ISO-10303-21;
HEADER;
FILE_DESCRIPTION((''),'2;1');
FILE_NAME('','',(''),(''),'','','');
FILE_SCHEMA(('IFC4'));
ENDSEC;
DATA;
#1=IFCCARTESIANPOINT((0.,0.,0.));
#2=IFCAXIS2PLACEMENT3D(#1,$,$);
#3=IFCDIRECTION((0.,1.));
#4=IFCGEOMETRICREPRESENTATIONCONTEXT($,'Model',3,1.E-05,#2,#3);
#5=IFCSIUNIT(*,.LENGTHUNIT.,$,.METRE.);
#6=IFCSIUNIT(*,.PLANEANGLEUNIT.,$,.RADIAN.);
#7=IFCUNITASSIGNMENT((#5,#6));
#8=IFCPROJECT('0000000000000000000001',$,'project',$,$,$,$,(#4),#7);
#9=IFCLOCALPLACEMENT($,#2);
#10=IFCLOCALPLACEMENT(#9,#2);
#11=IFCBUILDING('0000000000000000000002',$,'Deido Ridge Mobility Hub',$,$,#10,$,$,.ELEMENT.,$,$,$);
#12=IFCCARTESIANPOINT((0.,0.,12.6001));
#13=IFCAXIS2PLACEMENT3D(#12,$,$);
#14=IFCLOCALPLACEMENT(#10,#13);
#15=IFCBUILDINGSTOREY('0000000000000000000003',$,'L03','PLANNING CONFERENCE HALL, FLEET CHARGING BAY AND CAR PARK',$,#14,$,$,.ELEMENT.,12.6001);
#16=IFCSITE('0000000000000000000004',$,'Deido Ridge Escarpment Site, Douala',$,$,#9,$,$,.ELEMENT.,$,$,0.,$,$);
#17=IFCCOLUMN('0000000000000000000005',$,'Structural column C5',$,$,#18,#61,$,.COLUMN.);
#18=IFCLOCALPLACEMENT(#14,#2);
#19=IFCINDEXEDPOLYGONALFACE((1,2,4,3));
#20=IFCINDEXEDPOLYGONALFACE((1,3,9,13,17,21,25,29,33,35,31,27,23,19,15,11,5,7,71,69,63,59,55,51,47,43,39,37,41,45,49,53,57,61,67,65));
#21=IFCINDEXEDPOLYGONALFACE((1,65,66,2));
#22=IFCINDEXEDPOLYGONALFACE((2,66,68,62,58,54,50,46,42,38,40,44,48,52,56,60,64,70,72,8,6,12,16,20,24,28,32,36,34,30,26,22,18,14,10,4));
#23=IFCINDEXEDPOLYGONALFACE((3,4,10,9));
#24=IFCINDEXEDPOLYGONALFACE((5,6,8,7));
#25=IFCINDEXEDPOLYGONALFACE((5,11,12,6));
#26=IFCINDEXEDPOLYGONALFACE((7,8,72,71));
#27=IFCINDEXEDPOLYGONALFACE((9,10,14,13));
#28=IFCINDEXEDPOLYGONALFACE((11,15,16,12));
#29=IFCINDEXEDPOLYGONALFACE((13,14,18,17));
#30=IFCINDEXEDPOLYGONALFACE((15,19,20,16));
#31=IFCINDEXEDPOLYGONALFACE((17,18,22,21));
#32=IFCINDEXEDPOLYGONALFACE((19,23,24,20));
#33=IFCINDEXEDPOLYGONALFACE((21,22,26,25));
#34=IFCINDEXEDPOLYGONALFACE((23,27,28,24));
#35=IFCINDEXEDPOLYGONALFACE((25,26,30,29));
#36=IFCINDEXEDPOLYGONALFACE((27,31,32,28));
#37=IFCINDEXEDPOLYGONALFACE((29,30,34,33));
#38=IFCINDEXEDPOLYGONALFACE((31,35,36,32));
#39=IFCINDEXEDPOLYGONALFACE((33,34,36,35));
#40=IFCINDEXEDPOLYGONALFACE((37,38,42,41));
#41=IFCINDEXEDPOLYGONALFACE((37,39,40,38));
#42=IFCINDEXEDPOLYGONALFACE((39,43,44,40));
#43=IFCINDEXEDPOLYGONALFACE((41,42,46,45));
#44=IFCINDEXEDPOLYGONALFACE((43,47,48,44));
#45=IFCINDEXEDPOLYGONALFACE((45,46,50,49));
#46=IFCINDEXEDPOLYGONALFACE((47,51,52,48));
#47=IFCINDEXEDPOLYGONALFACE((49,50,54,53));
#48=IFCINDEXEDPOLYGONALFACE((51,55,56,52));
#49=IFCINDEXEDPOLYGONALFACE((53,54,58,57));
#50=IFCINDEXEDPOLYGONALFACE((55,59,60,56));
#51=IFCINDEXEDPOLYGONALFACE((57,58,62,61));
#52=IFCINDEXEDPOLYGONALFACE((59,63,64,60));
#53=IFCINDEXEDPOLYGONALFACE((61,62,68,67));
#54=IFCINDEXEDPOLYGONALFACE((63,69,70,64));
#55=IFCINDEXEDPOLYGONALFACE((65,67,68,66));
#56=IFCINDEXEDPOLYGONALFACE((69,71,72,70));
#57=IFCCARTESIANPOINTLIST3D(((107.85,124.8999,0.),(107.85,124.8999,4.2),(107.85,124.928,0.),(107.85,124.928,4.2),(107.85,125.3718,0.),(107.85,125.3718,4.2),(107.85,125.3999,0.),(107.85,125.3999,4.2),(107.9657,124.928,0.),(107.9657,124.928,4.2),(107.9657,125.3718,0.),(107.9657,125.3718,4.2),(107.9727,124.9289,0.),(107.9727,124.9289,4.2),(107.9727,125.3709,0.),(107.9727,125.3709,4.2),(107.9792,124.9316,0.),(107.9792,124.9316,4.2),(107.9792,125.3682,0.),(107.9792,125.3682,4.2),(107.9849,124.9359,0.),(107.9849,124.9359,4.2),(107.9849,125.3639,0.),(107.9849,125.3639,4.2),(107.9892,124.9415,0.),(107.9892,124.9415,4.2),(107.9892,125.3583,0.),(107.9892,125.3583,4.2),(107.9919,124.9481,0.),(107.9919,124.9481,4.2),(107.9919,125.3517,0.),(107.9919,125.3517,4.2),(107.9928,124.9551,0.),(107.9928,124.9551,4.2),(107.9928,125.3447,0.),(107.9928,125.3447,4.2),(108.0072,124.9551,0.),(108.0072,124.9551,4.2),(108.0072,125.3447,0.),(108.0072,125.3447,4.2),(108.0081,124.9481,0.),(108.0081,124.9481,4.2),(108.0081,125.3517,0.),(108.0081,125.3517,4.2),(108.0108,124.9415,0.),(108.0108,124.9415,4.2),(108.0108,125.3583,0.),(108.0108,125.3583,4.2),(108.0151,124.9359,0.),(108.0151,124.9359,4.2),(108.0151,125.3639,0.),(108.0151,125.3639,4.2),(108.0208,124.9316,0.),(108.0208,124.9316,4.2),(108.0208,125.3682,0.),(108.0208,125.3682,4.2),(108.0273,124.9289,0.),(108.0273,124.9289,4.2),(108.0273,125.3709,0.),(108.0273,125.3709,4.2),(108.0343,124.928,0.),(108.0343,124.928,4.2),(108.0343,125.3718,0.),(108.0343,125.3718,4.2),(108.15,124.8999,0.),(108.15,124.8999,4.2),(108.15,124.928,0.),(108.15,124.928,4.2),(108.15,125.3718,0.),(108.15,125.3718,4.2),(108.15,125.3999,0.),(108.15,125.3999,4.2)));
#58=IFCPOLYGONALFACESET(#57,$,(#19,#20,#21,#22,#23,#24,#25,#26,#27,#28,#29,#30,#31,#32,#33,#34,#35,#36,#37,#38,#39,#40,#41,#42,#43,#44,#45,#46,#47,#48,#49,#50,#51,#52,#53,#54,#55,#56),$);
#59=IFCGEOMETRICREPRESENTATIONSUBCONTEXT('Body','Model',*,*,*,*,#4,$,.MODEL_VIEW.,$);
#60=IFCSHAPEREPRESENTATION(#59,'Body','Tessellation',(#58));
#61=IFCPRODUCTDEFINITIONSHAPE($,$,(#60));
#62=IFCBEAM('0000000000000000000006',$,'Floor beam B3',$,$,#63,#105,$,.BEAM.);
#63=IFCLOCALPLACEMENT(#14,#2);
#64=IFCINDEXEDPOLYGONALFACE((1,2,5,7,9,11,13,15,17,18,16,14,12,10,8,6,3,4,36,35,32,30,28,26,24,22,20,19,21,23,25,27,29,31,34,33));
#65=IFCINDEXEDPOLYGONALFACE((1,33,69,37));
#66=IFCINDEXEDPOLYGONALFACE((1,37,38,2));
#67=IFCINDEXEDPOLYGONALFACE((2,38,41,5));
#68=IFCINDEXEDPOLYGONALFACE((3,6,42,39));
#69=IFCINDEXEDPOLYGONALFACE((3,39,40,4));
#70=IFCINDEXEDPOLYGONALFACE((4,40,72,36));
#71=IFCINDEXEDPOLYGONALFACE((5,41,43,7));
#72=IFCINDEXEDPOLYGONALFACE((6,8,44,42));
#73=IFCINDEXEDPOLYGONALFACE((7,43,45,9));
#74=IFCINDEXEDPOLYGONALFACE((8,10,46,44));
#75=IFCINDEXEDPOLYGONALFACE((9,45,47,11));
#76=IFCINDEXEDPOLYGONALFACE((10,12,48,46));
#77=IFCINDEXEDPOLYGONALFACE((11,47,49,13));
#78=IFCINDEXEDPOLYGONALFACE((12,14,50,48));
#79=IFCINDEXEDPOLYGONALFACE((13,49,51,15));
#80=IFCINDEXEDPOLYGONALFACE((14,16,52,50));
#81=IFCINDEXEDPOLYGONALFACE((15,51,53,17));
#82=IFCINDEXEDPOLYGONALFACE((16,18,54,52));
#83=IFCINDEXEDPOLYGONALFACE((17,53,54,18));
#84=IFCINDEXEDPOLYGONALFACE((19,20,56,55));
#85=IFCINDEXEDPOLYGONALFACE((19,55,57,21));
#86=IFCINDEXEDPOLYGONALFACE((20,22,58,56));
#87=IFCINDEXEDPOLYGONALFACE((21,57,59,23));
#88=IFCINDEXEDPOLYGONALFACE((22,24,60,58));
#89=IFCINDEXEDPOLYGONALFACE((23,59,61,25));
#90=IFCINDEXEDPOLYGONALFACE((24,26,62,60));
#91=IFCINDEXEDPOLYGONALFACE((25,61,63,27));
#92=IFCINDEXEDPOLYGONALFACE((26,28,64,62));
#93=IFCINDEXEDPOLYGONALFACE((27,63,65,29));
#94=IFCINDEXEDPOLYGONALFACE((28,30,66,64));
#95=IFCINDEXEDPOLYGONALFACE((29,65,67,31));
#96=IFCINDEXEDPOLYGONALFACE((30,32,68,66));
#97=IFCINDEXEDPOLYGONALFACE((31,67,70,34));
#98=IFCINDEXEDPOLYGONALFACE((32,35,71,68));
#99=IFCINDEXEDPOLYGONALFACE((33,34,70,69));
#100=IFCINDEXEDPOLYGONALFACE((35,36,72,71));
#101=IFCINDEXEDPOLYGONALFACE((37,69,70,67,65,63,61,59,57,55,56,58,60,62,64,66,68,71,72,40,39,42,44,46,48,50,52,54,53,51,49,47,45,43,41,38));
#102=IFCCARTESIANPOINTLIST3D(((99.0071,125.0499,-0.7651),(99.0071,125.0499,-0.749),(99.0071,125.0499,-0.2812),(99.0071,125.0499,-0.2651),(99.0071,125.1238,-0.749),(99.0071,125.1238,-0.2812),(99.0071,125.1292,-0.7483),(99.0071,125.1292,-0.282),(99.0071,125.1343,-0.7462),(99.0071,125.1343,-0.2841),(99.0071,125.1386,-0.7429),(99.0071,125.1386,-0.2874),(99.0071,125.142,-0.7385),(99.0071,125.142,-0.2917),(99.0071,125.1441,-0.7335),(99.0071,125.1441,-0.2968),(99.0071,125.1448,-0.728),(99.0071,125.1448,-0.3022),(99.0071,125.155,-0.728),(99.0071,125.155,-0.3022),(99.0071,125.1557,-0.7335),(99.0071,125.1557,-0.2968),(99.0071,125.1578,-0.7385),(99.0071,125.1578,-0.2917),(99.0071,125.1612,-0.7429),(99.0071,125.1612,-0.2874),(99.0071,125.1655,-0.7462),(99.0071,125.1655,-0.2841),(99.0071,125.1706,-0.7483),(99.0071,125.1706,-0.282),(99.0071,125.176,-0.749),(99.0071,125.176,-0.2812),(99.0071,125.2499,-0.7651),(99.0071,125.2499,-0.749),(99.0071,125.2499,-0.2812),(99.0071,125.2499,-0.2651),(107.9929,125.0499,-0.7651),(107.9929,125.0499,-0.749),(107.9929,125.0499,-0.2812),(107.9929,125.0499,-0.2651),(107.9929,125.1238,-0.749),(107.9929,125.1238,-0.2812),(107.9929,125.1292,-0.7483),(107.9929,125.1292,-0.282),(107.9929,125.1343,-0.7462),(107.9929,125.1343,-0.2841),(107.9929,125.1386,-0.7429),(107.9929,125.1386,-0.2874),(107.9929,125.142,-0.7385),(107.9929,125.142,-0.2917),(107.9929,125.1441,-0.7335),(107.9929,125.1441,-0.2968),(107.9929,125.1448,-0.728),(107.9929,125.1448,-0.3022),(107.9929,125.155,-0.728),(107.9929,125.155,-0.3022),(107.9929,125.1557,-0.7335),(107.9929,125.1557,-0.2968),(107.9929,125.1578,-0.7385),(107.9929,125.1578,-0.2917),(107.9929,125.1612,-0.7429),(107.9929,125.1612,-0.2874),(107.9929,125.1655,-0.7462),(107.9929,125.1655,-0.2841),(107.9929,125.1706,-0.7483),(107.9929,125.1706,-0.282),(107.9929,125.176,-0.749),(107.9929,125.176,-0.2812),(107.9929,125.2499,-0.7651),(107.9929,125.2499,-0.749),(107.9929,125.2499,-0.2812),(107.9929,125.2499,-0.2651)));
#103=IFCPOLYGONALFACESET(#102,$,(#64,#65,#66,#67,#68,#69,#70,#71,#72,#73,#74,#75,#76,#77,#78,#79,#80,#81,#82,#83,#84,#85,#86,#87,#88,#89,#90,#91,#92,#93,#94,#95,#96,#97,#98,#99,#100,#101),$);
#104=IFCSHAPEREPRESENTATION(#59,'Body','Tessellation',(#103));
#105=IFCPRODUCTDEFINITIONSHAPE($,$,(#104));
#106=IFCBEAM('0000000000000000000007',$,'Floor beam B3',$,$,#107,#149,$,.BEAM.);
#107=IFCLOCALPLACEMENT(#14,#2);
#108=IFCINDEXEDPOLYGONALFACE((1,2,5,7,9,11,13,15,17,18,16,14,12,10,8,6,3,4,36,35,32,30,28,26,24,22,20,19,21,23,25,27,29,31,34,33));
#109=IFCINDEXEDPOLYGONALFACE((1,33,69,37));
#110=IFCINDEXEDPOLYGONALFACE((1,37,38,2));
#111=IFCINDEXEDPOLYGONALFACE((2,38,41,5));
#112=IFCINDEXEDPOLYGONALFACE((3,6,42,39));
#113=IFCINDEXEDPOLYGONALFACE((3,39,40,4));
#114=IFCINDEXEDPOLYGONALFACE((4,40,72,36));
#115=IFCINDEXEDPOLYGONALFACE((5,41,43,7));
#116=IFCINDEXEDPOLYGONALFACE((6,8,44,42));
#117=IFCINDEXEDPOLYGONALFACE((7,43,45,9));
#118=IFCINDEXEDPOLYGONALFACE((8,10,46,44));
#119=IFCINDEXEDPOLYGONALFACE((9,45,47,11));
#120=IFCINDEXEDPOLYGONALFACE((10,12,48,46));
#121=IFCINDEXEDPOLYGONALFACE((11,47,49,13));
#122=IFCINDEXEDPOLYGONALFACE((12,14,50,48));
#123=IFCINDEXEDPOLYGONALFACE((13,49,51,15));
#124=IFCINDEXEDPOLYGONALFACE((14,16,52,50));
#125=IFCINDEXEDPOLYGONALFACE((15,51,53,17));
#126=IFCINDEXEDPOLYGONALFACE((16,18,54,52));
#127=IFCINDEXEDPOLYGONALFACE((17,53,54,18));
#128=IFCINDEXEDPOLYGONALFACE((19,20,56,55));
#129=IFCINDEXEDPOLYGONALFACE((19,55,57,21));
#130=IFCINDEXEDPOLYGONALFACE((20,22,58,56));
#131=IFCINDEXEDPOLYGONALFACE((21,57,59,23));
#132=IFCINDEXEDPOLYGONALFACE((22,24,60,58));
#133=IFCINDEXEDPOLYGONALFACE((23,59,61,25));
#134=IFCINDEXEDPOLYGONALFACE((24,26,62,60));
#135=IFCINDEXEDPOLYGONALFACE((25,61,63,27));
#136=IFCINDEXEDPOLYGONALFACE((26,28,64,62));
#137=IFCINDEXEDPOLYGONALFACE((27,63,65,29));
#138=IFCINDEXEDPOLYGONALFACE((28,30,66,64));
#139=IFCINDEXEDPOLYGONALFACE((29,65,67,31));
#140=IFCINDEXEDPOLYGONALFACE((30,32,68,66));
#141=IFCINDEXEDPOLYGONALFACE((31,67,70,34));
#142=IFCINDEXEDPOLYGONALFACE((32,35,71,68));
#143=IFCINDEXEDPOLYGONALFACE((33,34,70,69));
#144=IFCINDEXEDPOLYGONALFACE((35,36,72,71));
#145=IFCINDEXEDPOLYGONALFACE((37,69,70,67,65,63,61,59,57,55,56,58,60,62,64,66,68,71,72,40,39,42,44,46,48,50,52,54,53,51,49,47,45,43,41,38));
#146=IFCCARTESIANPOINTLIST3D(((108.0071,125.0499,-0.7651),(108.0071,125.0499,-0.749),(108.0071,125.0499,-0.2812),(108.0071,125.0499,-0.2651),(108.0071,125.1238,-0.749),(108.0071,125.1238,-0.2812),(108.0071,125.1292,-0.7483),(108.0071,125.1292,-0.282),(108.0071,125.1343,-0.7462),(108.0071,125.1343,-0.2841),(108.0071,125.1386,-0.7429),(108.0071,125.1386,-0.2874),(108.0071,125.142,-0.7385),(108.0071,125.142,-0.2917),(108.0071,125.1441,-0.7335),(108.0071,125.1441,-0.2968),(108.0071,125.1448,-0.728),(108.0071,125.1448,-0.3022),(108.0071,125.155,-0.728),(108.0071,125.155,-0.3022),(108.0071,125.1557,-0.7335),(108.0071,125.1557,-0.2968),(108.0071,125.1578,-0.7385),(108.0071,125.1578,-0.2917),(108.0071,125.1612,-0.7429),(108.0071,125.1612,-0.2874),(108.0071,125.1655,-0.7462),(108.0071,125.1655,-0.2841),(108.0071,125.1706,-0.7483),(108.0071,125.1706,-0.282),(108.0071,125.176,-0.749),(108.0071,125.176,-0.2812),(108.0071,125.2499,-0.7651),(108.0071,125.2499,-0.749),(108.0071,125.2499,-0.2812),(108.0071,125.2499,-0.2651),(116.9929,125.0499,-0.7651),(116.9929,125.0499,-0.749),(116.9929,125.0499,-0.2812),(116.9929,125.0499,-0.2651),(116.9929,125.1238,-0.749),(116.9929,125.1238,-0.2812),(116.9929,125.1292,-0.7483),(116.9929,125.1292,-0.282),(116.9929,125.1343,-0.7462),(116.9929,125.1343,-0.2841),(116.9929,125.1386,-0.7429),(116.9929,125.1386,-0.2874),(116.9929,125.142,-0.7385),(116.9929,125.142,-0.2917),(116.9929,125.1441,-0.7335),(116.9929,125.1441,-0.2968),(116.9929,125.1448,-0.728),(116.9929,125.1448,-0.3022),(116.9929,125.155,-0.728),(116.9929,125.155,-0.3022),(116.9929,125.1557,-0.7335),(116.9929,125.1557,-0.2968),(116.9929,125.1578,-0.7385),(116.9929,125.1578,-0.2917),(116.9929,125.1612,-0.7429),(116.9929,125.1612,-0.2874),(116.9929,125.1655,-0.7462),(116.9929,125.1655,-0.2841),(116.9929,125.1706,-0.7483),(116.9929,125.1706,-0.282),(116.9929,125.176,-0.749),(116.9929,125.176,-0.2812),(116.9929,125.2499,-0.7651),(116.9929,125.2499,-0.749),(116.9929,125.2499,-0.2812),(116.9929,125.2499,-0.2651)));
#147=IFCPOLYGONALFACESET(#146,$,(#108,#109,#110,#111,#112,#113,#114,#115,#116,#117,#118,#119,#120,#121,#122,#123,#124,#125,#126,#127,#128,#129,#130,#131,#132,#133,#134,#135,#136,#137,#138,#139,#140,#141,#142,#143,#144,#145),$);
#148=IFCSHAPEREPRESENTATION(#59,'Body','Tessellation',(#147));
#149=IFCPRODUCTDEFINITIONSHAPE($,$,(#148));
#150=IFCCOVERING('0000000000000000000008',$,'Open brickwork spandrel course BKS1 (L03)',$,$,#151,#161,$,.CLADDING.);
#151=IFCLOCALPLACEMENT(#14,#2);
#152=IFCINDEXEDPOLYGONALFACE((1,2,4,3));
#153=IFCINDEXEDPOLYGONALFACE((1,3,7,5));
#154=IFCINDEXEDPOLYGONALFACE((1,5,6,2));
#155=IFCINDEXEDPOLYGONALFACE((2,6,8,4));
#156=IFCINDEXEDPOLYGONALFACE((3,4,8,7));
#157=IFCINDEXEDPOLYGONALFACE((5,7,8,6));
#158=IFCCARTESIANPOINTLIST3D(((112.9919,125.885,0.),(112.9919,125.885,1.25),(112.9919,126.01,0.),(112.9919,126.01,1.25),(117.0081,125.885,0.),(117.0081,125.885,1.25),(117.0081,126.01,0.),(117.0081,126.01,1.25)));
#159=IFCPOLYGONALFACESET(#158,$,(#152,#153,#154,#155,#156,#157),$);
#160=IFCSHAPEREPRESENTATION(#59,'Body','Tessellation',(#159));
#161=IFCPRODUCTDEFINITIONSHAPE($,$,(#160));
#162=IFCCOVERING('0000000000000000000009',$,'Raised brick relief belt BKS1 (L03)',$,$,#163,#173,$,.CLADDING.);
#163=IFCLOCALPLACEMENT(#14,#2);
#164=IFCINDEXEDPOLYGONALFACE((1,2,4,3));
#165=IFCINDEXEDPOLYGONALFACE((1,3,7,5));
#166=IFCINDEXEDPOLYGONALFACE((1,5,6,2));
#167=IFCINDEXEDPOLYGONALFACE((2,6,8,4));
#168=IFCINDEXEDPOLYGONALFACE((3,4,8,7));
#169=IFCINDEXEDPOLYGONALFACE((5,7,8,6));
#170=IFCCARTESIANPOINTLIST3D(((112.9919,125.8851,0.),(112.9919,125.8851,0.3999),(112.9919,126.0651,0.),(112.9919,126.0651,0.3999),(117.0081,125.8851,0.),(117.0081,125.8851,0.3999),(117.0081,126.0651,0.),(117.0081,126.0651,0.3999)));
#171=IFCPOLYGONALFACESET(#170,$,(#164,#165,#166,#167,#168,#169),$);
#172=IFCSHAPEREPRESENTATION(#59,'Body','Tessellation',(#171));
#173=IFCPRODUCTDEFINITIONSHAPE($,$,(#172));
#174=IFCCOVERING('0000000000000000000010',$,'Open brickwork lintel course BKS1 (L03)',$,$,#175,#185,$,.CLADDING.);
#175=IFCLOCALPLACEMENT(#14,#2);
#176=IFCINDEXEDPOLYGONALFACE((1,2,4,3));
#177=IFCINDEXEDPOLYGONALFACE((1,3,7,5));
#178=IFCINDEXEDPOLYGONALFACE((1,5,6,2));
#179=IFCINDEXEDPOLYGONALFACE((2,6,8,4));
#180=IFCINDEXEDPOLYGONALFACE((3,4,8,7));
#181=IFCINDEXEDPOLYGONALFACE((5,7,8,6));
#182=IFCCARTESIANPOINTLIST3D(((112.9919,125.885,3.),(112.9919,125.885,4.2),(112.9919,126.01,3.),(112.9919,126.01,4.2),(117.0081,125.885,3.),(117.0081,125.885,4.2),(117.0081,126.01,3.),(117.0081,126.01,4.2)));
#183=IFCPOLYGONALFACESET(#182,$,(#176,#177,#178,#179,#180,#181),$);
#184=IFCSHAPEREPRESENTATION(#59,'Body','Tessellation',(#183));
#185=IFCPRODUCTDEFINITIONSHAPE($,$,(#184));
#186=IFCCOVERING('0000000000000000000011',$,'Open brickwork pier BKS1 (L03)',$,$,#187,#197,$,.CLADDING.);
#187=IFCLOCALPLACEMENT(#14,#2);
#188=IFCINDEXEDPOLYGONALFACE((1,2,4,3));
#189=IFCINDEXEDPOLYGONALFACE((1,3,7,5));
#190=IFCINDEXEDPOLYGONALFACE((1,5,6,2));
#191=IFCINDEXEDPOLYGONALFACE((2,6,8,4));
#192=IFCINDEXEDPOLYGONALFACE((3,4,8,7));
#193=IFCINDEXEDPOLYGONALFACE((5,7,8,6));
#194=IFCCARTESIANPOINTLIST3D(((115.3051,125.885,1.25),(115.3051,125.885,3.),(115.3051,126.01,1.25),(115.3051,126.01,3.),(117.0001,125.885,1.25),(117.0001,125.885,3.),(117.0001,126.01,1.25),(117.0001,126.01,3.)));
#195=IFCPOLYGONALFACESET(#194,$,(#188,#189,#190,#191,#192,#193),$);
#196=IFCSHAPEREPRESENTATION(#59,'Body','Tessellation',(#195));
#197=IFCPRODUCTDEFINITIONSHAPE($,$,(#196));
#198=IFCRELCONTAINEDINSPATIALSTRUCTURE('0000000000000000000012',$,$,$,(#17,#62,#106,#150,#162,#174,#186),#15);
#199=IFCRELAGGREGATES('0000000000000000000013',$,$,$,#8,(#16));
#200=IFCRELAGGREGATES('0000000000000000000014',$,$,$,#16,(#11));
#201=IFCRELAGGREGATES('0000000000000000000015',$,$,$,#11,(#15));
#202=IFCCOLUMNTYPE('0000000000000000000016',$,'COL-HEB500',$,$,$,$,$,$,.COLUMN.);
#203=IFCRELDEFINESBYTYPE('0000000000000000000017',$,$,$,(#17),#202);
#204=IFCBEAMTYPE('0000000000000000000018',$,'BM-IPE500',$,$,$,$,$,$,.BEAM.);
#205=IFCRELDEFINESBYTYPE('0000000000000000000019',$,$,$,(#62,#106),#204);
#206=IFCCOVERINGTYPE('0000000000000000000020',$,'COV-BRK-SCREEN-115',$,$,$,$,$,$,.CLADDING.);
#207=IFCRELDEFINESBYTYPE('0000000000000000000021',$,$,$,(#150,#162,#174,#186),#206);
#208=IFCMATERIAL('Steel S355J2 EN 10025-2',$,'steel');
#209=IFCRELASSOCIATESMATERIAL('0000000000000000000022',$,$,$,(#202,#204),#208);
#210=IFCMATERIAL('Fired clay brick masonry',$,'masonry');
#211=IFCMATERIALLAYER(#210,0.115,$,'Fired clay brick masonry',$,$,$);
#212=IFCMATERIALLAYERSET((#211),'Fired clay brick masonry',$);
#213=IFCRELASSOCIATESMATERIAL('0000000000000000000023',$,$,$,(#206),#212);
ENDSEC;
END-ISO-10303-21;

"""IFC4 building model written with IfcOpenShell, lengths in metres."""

from ifc_helpers import new_model, si_unit, direction, frame, origin, origin_2d, place, context, subcontext, project, spatial, rectangle, i_section, extrude, material, layer, layer_set, material_profile, profile_set, type_object, element, save


model = new_model("IFC4")

# Units and contexts
model_context = context("Model", 3, precision=1e-05, world=origin(), true_north=direction((0.0, 1.0)))
body_context = subcontext(model_context, "Body", "Model", "MODEL_VIEW")
ifc_project = project(units=[si_unit("LENGTHUNIT", "METRE"), si_unit("PLANEANGLEUNIT", "RADIAN")], contexts=[model_context])

# Site, building, storey
site_placement = place(None, origin())
site = spatial("IfcSite", under=ifc_project, at=site_placement, Name="Deido Ridge Escarpment Site, Douala", CompositionType="ELEMENT", RefElevation=0.0)
building_placement = place(site_placement, origin())
building = spatial("IfcBuilding", under=site, at=building_placement, Name="Deido Ridge Mobility Hub", CompositionType="ELEMENT")
storey_placement = place(building_placement, frame((0.0, 0.0, 12.6001)))
storey = spatial("IfcBuildingStorey", under=building, at=storey_placement, Name="L03", Description="PLANNING CONFERENCE HALL, FLEET CHARGING BAY AND CAR PARK", CompositionType="ELEMENT", Elevation=12.6001)

# Column
ifc_material_1 = material(Name="Steel S355J2 EN 10025-2", Category="steel")
ifc_material_profile_1 = material_profile(ifc_material_1, i_section(OverallWidth=0.3, OverallDepth=0.5, WebThickness=0.0144, FlangeThickness=0.0281, FilletRadius=0.0271, at=origin_2d()), Name="HEB 500")
ifc_profile_set_1 = profile_set([ifc_material_profile_1], Name="Steel S355J2 EN 10025-2")
column_type = type_object("IfcColumnType", Name="COL-HEB500", PredefinedType="COLUMN", material=ifc_profile_set_1)
column_placement = place(storey_placement, frame((108.0, 125.1499, 0.0), z_axis=(0.0, 0.0, 1.0), x_axis=(1.0, 0.0, 0.0)))
element("IfcColumn", 1, at=column_placement, inside=storey, type_object=column_type, Name="Structural column C5", PredefinedType="COLUMN", context=body_context, shape_type="SweptSolid", body=[
    extrude(i_section(OverallWidth=0.3, OverallDepth=0.5, WebThickness=0.0144, FlangeThickness=0.0281, FilletRadius=0.0271, at=origin_2d()), origin(), (0.0, 0.0, 1.0), 4.2),
])

# Beams
ifc_material_profile_2 = material_profile(ifc_material_1, i_section(OverallWidth=0.2, OverallDepth=0.5, WebThickness=0.0103, FlangeThickness=0.0161, FilletRadius=0.021, at=origin_2d()), Name="IPE 500")
ifc_profile_set_2 = profile_set([ifc_material_profile_2], Name="Steel S355J2 EN 10025-2")
beam_type = type_object("IfcBeamType", Name="BM-IPE500", PredefinedType="BEAM", material=ifc_profile_set_2)
for number, where, z_axis, x_axis, name in (
    (2, (99.0071, 125.1499, -0.5151), (1.0, 0.0, 0.0), (0.0, 1.0, 0.0), "Floor beam B3"),
    (3, (108.0071, 125.1499, -0.5151), (1.0, 0.0, 0.0), (0.0, 1.0, 0.0), "Floor beam B3"),
):
    element("IfcBeam", number, at=place(storey_placement, frame(where, z_axis=z_axis, x_axis=x_axis)), inside=storey, type_object=beam_type, Name=name, PredefinedType="BEAM", context=body_context, shape_type="SweptSolid", body=[
        extrude(i_section(OverallWidth=0.2, OverallDepth=0.5, WebThickness=0.0103, FlangeThickness=0.0161, FilletRadius=0.021, at=origin_2d()), origin(), (0.0, 0.0, 1.0), 8.9858),
    ])

# Coverings
ifc_material_2 = material(Name="Fired clay brick masonry", Category="masonry")
ifc_layer = layer(ifc_material_2, 0.115, Name="Fired clay brick masonry")
ifc_layer_set = layer_set([ifc_layer], Name="Fired clay brick masonry")
covering_type = type_object("IfcCoveringType", Name="COV-BRK-SCREEN-115", PredefinedType="CLADDING", material=ifc_layer_set)
covering_1_placement = place(storey_placement, frame((115.0, 125.9475, 0.0), z_axis=(0.0, 0.0, 1.0), x_axis=(-1.0, 0.0, 0.0)))
element("IfcCovering", 4, at=covering_1_placement, inside=storey, type_object=covering_type, Name="Open brickwork spandrel course BKS1 (L03)", PredefinedType="CLADDING", context=body_context, shape_type="SweptSolid", body=[
    extrude(rectangle(XDim=4.0161, YDim=0.125, at=origin_2d()), origin(), (0.0, 0.0, 1.0), 1.25),
])
covering_2_placement = place(storey_placement, frame((115.0, 125.9751, 0.0), z_axis=(0.0, 0.0, 1.0), x_axis=(-1.0, 0.0, 0.0)))
element("IfcCovering", 5, at=covering_2_placement, inside=storey, type_object=covering_type, Name="Raised brick relief belt BKS1 (L03)", PredefinedType="CLADDING", context=body_context, shape_type="SweptSolid", body=[
    extrude(rectangle(XDim=4.0161, YDim=0.1799, at=origin_2d()), origin(), (0.0, 0.0, 1.0), 0.3999),
])
covering_3_placement = place(storey_placement, frame((115.0, 125.9475, 3.0), z_axis=(0.0, 0.0, 1.0), x_axis=(-1.0, 0.0, 0.0)))
element("IfcCovering", 6, at=covering_3_placement, inside=storey, type_object=covering_type, Name="Open brickwork lintel course BKS1 (L03)", PredefinedType="CLADDING", context=body_context, shape_type="SweptSolid", body=[
    extrude(rectangle(XDim=4.0161, YDim=0.125, at=origin_2d()), origin(), (0.0, 0.0, 1.0), 1.2),
])
covering_4_placement = place(storey_placement, frame((116.1526, 125.9475, 1.25), z_axis=(0.0, 0.0, 1.0), x_axis=(-1.0, 0.0, 0.0)))
element("IfcCovering", 7, at=covering_4_placement, inside=storey, type_object=covering_type, Name="Open brickwork pier BKS1 (L03)", PredefinedType="CLADDING", context=body_context, shape_type="SweptSolid", body=[
    extrude(rectangle(XDim=1.6951, YDim=0.125, at=origin_2d()), origin(), (0.0, 0.0, 1.0), 1.75),
])

save(model, "model.ifc")
